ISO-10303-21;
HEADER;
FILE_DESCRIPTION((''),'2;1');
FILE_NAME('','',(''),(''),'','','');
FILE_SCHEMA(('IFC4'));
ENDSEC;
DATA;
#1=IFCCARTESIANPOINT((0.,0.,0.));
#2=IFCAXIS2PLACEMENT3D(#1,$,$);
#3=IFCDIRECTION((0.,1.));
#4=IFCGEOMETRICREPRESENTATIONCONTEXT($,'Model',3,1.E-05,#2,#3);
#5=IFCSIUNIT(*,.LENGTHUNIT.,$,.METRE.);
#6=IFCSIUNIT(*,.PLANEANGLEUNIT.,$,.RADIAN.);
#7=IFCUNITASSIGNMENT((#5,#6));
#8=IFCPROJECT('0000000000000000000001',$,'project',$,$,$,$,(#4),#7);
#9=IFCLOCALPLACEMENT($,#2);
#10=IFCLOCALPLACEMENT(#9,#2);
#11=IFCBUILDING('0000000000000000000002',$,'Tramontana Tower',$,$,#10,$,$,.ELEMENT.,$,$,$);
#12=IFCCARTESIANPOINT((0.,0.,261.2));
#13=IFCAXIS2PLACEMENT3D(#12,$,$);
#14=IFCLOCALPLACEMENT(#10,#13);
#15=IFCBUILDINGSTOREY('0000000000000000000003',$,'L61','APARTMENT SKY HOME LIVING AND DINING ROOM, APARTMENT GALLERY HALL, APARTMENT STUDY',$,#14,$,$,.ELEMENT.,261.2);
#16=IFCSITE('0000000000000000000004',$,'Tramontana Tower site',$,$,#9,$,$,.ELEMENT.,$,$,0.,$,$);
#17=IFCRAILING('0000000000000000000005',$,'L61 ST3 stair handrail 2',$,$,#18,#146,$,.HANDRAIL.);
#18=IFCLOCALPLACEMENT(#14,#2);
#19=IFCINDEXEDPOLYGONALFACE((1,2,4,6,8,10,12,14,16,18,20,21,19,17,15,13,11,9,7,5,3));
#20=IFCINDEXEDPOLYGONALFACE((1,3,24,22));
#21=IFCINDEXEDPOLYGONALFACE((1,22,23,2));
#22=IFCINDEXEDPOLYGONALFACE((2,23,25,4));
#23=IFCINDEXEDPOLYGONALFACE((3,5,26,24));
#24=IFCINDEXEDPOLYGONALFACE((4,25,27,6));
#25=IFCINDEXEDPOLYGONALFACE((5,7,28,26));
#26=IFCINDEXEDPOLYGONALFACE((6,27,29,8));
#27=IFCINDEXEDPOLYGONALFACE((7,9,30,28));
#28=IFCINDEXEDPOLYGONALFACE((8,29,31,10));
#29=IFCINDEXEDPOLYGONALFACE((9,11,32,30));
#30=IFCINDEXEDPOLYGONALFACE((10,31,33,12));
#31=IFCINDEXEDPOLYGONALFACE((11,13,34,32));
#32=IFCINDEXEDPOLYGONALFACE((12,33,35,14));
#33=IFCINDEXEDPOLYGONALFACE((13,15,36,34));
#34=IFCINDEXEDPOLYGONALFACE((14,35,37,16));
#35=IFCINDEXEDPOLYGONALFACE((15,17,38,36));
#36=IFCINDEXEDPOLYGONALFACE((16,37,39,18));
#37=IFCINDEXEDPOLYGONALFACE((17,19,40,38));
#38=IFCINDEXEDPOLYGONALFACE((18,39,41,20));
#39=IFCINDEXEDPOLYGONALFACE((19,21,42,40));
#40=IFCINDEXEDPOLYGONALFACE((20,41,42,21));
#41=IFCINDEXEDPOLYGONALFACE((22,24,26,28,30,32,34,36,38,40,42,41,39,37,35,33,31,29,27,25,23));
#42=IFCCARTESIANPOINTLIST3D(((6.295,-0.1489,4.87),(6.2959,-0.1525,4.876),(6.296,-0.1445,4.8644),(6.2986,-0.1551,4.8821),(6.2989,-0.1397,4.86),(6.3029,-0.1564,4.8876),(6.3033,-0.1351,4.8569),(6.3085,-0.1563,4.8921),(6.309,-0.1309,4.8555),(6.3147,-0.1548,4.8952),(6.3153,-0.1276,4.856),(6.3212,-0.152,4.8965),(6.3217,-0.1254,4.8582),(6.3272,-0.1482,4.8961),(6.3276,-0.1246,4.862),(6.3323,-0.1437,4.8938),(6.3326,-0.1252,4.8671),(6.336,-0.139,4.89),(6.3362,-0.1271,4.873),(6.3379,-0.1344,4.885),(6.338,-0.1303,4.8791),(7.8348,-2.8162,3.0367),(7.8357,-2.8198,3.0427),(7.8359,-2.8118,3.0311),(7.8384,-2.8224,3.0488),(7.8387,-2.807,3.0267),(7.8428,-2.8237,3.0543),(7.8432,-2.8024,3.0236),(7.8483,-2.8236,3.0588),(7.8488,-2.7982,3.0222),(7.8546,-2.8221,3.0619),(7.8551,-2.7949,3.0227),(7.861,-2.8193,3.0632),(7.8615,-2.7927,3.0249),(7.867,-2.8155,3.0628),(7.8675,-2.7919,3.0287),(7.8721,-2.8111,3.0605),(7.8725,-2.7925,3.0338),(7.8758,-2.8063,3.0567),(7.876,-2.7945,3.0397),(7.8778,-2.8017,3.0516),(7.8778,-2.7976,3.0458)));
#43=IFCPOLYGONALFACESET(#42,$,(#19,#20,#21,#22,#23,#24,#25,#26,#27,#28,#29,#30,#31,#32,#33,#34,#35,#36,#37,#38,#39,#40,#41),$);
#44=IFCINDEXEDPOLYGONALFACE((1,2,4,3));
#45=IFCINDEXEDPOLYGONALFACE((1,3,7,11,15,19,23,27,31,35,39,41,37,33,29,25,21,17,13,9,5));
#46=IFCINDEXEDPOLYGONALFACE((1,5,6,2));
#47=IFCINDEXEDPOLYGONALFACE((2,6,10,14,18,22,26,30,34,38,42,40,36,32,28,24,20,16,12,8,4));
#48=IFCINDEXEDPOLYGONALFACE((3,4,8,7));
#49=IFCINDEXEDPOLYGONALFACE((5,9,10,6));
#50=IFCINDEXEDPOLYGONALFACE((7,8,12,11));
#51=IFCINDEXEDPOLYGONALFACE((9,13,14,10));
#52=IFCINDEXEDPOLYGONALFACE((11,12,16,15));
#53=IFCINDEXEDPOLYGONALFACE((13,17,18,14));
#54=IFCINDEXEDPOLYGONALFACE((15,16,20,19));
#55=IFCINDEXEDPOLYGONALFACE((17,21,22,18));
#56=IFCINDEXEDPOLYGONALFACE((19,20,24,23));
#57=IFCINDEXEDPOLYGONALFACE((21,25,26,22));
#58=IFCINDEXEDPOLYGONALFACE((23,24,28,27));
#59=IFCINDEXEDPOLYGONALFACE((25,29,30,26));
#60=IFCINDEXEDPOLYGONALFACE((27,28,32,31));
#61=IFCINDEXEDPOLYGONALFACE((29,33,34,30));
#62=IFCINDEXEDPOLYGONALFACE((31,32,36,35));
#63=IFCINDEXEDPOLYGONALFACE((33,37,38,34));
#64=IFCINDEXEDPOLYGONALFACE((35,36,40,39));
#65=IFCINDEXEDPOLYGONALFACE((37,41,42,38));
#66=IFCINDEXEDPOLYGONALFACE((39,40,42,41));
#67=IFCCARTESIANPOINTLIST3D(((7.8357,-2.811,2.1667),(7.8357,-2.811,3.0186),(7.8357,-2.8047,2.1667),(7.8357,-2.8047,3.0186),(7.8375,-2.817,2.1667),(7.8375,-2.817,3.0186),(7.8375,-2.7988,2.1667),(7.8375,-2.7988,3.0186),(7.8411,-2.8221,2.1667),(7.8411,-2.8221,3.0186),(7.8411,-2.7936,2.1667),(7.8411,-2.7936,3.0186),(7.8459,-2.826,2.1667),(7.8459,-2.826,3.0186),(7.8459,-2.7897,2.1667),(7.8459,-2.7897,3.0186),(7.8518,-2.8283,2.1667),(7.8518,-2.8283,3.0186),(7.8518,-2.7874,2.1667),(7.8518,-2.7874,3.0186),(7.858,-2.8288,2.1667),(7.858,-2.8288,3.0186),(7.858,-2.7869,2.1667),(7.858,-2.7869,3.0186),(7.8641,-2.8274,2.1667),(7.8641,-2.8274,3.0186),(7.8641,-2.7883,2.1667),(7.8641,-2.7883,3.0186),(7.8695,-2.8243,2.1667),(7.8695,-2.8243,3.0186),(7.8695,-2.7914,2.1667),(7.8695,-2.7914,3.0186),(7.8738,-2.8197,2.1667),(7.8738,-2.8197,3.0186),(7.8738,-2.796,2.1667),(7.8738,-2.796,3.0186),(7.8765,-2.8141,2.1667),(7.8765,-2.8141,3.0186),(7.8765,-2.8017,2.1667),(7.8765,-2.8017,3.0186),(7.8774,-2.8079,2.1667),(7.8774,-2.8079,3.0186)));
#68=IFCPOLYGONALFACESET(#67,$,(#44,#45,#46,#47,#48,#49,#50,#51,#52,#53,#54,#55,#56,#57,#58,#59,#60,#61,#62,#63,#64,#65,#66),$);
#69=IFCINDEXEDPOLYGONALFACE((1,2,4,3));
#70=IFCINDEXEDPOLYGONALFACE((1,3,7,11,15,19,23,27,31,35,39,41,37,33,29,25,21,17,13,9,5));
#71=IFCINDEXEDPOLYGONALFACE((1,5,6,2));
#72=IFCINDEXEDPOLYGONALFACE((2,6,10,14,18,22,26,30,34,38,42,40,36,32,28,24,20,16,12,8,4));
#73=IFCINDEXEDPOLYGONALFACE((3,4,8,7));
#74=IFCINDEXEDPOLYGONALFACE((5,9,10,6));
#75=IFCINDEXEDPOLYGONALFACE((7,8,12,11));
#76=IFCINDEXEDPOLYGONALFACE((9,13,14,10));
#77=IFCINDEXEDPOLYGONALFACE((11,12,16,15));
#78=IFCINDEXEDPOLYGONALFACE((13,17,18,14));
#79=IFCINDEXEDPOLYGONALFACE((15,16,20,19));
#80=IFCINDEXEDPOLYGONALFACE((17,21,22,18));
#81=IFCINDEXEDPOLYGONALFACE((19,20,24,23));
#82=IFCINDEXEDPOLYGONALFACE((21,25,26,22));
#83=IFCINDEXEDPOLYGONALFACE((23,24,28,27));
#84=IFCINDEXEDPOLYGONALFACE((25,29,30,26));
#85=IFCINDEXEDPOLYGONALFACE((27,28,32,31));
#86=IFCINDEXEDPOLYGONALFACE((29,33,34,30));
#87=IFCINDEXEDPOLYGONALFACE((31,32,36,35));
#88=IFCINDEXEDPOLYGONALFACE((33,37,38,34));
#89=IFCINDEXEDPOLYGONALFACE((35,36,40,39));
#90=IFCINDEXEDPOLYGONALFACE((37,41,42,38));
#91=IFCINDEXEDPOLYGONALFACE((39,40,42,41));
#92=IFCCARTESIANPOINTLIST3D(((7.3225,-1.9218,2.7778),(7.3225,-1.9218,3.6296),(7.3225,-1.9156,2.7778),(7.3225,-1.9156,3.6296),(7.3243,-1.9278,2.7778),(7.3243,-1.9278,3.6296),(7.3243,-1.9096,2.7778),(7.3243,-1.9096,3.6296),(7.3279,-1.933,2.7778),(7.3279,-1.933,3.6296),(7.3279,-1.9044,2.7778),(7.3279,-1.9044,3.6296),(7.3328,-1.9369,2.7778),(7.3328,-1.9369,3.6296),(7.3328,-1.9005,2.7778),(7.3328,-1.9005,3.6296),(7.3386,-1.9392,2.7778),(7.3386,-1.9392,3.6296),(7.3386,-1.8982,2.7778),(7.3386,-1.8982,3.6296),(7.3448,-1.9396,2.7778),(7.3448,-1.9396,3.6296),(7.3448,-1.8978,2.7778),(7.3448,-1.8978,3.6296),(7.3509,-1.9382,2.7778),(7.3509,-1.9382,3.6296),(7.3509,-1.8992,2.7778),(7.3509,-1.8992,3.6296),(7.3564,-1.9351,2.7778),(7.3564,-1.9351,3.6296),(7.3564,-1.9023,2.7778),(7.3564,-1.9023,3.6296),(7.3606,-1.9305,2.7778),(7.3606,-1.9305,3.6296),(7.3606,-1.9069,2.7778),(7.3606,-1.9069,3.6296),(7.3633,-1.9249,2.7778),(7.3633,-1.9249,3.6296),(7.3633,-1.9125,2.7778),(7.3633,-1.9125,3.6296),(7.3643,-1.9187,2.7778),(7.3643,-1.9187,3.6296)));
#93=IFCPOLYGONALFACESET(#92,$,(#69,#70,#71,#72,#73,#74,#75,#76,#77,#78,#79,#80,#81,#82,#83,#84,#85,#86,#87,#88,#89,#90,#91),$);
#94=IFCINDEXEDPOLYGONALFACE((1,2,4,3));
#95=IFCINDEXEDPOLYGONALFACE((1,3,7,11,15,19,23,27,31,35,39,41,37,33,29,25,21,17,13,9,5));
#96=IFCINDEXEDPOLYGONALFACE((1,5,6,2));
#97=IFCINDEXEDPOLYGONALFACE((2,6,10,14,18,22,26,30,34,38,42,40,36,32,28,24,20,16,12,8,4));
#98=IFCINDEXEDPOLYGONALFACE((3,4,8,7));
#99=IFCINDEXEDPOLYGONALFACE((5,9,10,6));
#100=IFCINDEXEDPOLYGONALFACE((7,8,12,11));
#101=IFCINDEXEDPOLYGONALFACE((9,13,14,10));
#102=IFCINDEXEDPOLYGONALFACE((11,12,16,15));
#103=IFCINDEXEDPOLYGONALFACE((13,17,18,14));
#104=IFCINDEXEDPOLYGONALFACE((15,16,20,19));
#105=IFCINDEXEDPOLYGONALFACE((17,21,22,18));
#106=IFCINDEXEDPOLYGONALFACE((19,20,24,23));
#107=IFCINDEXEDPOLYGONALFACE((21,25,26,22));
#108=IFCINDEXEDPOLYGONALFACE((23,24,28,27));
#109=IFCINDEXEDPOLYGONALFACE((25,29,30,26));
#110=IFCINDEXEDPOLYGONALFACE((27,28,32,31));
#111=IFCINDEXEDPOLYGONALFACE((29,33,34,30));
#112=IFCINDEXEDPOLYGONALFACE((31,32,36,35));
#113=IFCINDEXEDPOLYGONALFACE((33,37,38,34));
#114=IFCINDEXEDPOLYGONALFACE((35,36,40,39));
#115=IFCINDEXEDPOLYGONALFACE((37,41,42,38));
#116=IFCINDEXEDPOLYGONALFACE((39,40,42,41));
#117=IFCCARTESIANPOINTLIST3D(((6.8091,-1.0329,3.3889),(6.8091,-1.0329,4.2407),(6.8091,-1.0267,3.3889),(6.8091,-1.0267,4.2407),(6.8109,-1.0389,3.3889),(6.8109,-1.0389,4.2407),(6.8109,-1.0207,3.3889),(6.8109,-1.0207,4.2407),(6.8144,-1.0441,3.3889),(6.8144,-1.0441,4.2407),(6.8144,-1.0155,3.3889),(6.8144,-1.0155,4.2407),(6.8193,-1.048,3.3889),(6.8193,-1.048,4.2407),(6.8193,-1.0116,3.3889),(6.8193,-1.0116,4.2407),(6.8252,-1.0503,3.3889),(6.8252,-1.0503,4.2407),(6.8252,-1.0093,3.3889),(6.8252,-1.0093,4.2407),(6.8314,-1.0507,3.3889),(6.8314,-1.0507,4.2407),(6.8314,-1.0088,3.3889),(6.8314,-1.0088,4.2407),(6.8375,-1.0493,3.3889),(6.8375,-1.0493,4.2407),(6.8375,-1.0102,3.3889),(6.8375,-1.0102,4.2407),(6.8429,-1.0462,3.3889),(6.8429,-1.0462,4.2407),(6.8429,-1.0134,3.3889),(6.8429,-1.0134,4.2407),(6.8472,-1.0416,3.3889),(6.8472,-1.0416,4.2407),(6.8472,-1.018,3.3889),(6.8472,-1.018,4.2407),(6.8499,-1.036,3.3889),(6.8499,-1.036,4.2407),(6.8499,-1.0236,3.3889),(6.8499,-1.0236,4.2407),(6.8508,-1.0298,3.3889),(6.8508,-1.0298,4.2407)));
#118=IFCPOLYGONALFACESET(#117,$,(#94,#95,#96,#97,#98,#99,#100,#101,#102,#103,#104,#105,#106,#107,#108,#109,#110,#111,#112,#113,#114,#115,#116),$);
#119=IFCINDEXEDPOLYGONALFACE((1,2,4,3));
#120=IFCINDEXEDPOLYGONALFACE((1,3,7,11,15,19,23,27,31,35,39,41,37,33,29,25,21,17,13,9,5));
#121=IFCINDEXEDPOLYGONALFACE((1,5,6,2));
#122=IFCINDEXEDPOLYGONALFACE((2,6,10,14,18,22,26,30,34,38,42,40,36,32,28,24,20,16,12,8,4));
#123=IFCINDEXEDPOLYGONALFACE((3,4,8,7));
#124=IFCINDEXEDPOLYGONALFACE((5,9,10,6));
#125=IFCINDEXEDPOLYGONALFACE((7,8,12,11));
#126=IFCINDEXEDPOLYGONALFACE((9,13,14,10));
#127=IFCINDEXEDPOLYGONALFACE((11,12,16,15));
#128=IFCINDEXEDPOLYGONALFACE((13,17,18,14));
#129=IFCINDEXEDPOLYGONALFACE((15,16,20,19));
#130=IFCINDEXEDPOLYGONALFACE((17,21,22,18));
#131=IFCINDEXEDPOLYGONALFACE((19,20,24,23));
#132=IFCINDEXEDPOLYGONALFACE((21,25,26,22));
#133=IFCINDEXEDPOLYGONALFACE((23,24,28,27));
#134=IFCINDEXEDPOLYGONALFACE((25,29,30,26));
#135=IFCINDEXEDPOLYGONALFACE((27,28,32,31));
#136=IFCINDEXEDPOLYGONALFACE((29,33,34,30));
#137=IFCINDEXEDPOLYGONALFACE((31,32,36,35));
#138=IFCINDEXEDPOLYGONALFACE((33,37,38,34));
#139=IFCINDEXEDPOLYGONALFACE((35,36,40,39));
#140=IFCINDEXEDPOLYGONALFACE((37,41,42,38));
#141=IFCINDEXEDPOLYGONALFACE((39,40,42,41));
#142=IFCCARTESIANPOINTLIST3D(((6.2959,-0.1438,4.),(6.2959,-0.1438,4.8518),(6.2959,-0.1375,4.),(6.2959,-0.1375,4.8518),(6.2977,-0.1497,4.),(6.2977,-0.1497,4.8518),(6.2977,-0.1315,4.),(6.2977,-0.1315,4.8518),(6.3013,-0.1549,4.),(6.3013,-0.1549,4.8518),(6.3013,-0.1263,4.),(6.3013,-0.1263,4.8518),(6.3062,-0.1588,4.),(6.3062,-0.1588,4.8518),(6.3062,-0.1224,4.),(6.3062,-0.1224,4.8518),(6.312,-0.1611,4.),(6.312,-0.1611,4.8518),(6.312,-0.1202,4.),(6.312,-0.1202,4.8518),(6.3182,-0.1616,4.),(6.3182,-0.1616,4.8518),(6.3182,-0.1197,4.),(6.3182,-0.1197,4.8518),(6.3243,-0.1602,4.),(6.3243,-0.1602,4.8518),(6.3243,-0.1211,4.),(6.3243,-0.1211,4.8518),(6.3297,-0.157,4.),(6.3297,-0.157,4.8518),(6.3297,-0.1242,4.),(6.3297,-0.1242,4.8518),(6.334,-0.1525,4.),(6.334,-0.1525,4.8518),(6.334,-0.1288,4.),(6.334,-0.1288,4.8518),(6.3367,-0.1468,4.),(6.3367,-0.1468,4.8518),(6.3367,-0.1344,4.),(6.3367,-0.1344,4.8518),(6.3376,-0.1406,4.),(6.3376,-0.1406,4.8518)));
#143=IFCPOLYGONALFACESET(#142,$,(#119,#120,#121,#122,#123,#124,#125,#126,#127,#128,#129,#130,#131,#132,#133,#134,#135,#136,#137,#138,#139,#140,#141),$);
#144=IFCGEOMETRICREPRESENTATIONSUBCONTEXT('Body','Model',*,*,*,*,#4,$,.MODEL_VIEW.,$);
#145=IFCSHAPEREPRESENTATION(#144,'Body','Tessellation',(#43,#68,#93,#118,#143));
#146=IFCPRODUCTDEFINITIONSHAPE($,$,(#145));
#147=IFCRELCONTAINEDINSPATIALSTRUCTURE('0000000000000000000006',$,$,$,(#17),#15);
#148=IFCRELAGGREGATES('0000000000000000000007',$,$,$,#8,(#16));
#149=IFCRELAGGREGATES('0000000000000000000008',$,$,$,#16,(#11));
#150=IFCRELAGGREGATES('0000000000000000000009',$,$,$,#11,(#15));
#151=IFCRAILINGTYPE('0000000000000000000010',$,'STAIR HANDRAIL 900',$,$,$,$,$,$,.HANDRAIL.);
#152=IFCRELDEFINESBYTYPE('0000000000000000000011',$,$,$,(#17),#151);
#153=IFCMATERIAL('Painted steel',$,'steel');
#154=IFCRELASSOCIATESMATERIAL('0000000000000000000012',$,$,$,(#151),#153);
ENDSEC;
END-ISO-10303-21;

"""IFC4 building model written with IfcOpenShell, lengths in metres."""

from ifc_helpers import new_model, si_unit, direction, frame, origin, origin_2d, place, context, subcontext, project, spatial, circle, extrude, material, type_object, element, save


model = new_model("IFC4")

# Units and contexts
model_context = context("Model", 3, precision=1e-05, world=origin(), true_north=direction((0.0, 1.0)))
body_context = subcontext(model_context, "Body", "Model", "MODEL_VIEW")
ifc_project = project(units=[si_unit("LENGTHUNIT", "METRE"), si_unit("PLANEANGLEUNIT", "RADIAN")], contexts=[model_context])

# Site, building, storey
site_placement = place(None, origin())
site = spatial("IfcSite", under=ifc_project, at=site_placement, Name="Tramontana Tower site", CompositionType="ELEMENT", RefElevation=0.0)
building_placement = place(site_placement, origin())
building = spatial("IfcBuilding", under=site, at=building_placement, Name="Tramontana Tower", CompositionType="ELEMENT")
storey_placement = place(building_placement, frame((0.0, 0.0, 261.2)))
storey = spatial("IfcBuildingStorey", under=building, at=storey_placement, Name="L61", Description="APARTMENT SKY HOME LIVING AND DINING ROOM, APARTMENT GALLERY HALL, APARTMENT STUDY", CompositionType="ELEMENT", Elevation=261.2)

# Railing
ifc_material_1 = material(Name="Painted steel", Category="steel")
railing_type_1 = type_object("IfcRailingType", Name="STAIR HANDRAIL 900", PredefinedType="HANDRAIL", material=ifc_material_1)
railing_1_placement = place(storey_placement, frame((7.8564, -2.8079, 2.1667)))
element("IfcRailing", 1, at=railing_1_placement, inside=storey, type_object=railing_type_1, Name="L61 ST3 stair handrail 2", PredefinedType="HANDRAIL", context=body_context, shape_type="SweptSolid", body=[
    extrude(circle(Radius=0.0239, at=origin_2d()), frame((0.0, 0.0, 0.876), z_axis=(-0.429616, 0.744181, 0.511493), x_axis=(-0.866044, -0.499967, 0.0)), (0.0, 0.0, 1.0), 3.5842),
    extrude(circle(Radius=0.021, at=origin_2d()), origin(), (0.0, 0.0, 1.0), 0.8518),
    extrude(circle(Radius=0.021, at=origin_2d()), frame((-0.5132, 0.8892, 0.6111)), (0.0, 0.0, 1.0), 0.8518),
    extrude(circle(Radius=0.021, at=origin_2d()), frame((-1.0266, 1.7781, 1.2222)), (0.0, 0.0, 1.0), 0.8518),
    extrude(circle(Radius=0.021, at=origin_2d()), frame((-1.5398, 2.6672, 1.8333)), (0.0, 0.0, 1.0), 0.8518),
])

save(model, "model.ifc")
